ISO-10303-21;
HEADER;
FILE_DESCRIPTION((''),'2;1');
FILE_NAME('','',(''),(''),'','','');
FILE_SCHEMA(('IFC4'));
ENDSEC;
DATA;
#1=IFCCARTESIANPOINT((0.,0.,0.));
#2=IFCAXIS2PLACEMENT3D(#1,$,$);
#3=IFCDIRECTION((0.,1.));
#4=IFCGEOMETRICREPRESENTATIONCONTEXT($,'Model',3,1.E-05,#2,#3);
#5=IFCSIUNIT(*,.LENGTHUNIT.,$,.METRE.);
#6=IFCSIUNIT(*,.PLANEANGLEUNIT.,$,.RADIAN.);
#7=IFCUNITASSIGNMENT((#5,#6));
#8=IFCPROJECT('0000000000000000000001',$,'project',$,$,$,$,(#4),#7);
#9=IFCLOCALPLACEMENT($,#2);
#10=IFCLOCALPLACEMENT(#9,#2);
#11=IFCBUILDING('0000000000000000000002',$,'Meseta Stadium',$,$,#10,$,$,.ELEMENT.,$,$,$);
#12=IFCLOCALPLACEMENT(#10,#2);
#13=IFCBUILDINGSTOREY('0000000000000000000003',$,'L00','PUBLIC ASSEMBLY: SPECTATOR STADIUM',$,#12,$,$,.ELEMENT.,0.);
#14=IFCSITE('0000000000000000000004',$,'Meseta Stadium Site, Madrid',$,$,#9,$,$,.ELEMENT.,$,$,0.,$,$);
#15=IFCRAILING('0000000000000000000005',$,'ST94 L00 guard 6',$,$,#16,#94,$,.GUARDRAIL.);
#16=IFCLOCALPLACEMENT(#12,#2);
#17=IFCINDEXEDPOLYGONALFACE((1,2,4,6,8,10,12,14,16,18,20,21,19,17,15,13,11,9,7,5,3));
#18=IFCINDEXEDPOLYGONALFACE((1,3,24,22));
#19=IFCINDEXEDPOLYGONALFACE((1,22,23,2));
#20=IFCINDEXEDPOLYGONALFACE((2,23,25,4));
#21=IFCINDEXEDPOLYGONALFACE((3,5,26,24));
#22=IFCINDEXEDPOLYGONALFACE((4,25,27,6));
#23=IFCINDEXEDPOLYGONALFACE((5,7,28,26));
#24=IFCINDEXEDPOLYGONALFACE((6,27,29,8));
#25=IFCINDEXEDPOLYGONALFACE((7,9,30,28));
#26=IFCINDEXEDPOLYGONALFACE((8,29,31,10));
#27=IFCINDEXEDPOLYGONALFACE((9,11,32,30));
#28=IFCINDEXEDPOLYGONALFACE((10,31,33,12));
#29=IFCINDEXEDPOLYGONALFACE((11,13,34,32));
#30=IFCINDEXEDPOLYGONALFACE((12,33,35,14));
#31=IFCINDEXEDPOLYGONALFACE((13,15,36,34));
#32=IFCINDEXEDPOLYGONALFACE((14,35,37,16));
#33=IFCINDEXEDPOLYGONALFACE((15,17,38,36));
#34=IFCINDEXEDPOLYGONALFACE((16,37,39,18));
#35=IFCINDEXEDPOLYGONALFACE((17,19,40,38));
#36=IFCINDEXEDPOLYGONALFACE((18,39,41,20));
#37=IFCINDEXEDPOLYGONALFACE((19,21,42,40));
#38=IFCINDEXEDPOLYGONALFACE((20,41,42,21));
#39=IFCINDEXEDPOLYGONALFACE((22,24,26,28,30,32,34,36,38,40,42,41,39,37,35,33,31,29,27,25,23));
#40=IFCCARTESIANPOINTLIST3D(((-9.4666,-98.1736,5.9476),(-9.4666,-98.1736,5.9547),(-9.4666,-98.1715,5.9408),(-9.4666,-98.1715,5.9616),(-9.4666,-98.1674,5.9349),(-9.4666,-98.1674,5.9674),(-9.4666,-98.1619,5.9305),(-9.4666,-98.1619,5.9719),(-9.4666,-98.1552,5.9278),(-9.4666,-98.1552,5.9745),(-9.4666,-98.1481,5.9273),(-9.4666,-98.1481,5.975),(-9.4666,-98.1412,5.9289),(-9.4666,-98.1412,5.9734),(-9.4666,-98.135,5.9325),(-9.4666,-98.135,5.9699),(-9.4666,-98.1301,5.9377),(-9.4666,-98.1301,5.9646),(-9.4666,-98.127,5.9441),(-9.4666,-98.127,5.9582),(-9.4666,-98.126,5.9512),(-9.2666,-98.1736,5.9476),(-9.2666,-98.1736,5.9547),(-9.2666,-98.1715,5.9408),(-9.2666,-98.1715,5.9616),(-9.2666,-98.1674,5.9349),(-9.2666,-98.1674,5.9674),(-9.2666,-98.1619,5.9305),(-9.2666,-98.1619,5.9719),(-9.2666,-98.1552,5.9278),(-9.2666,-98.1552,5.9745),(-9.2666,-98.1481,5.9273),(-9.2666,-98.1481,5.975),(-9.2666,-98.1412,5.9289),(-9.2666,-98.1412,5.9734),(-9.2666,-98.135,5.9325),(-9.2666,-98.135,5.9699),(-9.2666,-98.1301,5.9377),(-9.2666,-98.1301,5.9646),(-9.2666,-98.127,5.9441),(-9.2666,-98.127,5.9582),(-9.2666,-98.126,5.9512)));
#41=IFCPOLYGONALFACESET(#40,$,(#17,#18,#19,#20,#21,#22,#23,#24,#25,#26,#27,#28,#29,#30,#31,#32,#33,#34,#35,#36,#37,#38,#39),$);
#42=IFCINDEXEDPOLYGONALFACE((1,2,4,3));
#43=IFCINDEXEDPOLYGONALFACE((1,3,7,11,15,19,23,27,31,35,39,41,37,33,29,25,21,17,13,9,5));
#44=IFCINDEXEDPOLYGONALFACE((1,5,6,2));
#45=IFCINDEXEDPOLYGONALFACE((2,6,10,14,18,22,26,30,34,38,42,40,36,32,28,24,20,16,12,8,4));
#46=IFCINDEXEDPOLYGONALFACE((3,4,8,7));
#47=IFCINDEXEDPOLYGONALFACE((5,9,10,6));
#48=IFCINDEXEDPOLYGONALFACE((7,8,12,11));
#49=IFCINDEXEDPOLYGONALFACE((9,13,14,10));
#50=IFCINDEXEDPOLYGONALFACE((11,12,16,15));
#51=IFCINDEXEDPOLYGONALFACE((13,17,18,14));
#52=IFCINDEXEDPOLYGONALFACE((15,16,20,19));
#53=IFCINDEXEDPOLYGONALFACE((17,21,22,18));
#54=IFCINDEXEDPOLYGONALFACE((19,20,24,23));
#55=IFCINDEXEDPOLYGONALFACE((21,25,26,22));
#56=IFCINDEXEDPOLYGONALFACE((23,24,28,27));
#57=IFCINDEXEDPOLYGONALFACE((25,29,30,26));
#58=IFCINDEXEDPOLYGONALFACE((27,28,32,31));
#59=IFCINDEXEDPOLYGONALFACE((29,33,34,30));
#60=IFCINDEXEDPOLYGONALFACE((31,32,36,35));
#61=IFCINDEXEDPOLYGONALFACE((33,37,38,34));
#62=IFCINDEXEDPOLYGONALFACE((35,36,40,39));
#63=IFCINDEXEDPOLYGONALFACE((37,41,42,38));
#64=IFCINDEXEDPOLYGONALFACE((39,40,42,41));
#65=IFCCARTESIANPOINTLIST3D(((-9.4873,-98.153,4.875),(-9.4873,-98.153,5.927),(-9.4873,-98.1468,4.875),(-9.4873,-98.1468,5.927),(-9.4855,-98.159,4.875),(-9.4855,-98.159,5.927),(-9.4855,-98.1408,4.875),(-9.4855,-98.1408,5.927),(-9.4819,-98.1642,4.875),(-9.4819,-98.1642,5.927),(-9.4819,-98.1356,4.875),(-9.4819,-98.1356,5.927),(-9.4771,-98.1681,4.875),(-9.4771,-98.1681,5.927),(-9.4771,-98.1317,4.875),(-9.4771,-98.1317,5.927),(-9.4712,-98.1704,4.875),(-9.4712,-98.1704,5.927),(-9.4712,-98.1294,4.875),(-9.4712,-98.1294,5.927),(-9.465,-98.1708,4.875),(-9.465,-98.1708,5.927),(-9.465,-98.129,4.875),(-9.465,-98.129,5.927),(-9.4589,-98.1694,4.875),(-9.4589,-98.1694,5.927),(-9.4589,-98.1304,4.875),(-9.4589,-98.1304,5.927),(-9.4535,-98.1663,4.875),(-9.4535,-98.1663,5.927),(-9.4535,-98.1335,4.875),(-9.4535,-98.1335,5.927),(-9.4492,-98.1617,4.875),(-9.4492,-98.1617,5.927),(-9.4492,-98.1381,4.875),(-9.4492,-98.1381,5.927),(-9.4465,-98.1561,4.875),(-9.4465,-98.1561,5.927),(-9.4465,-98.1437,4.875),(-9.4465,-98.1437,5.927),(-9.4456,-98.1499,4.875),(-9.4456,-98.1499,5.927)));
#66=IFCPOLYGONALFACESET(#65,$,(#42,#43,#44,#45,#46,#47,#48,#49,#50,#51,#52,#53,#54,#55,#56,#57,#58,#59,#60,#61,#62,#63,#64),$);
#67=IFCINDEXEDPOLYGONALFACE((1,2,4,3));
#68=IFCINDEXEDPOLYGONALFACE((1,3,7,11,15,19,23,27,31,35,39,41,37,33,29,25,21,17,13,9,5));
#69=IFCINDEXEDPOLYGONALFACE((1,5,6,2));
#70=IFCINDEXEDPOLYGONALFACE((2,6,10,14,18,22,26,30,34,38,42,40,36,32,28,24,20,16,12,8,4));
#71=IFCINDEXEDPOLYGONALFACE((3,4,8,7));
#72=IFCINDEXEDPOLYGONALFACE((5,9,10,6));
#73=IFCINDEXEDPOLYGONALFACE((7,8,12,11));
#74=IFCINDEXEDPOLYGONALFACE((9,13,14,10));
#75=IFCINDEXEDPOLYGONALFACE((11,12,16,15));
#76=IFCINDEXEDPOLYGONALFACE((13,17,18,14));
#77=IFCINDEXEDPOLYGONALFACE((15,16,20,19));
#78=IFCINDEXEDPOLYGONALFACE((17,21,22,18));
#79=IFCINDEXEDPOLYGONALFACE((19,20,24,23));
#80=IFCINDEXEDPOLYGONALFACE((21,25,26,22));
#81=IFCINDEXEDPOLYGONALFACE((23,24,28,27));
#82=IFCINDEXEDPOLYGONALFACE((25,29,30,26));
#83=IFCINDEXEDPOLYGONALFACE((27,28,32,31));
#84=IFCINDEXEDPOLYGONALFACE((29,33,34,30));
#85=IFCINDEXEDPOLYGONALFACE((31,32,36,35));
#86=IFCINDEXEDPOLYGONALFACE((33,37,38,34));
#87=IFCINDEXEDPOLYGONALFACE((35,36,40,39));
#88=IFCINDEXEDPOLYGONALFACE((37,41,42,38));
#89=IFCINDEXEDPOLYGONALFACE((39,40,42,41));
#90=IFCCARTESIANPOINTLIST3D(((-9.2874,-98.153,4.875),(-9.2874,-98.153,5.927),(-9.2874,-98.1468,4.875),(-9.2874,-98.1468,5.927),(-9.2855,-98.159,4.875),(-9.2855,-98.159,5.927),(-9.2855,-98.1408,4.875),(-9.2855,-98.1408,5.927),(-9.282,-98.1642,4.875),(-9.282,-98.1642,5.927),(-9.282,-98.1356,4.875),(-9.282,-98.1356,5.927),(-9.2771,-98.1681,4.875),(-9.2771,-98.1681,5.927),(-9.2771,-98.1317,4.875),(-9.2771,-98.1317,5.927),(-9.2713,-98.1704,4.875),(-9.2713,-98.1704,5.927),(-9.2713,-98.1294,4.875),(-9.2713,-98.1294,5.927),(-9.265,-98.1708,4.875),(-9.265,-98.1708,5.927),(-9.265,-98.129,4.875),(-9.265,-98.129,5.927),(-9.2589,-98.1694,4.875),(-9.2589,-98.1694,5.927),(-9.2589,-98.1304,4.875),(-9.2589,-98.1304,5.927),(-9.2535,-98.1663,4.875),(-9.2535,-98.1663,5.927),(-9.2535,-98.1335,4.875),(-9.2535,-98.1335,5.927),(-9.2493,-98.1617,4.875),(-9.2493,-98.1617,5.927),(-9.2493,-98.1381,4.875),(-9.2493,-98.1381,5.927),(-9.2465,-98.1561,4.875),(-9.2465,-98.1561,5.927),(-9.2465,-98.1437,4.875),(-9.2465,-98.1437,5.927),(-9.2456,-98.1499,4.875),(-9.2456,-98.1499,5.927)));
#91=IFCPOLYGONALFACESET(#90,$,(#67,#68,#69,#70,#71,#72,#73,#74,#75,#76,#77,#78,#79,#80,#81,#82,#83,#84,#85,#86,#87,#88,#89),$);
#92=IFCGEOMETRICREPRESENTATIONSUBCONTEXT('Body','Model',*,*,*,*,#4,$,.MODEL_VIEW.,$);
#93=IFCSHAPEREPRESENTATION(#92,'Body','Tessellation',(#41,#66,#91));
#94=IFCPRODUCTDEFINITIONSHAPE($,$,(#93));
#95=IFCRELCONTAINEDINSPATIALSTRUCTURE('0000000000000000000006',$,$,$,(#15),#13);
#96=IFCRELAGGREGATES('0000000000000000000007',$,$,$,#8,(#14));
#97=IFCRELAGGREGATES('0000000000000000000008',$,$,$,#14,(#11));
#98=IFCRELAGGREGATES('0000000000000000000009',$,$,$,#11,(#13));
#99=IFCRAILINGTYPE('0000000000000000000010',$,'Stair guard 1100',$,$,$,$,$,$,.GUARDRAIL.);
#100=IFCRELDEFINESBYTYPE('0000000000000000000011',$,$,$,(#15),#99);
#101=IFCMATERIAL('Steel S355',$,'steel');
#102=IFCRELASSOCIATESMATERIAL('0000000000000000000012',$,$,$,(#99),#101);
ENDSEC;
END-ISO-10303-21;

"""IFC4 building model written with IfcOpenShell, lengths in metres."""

from ifc_helpers import new_model, si_unit, direction, frame, origin, origin_2d, place, context, subcontext, project, spatial, circle, extrude, material, type_object, element, save


model = new_model("IFC4")

# Units and contexts
model_context = context("Model", 3, precision=1e-05, world=origin(), true_north=direction((0.0, 1.0)))
body_context = subcontext(model_context, "Body", "Model", "MODEL_VIEW")
ifc_project = project(units=[si_unit("LENGTHUNIT", "METRE"), si_unit("PLANEANGLEUNIT", "RADIAN")], contexts=[model_context])

# Site, building, storey
site_placement = place(None, origin())
site = spatial("IfcSite", under=ifc_project, at=site_placement, Name="Meseta Stadium Site, Madrid", CompositionType="ELEMENT", RefElevation=0.0)
building_placement = place(site_placement, origin())
building = spatial("IfcBuilding", under=site, at=building_placement, Name="Meseta Stadium", CompositionType="ELEMENT")
storey_placement = place(building_placement, origin())
storey = spatial("IfcBuildingStorey", under=building, at=storey_placement, Name="L00", Description="PUBLIC ASSEMBLY: SPECTATOR STADIUM", CompositionType="ELEMENT", Elevation=0.0)

# Railing
ifc_material_1 = material(Name="Steel S355", Category="steel")
railing_type_1 = type_object("IfcRailingType", Name="Stair guard 1100", PredefinedType="GUARDRAIL", material=ifc_material_1)
railing_1_placement = place(storey_placement, frame((-9.4666, -98.1499, 4.875)))
element("IfcRailing", 1, at=railing_1_placement, inside=storey, type_object=railing_type_1, Name="ST94 L00 guard 6", PredefinedType="GUARDRAIL", context=body_context, shape_type="SweptSolid", body=[
    extrude(circle(Radius=0.0239, at=origin_2d()), frame((0.0, 0.0, 1.0762), z_axis=(1.0, 0.0, 0.0), x_axis=(0.0, 1.0, 0.0)), (0.0, 0.0, 1.0), 0.2),
    extrude(circle(Radius=0.021, at=origin_2d()), origin(), (0.0, 0.0, 1.0), 1.052),
    extrude(circle(Radius=0.021, at=origin_2d()), frame((0.2, 0.0, 0.0)), (0.0, 0.0, 1.0), 1.052),
])

save(model, "model.ifc")
